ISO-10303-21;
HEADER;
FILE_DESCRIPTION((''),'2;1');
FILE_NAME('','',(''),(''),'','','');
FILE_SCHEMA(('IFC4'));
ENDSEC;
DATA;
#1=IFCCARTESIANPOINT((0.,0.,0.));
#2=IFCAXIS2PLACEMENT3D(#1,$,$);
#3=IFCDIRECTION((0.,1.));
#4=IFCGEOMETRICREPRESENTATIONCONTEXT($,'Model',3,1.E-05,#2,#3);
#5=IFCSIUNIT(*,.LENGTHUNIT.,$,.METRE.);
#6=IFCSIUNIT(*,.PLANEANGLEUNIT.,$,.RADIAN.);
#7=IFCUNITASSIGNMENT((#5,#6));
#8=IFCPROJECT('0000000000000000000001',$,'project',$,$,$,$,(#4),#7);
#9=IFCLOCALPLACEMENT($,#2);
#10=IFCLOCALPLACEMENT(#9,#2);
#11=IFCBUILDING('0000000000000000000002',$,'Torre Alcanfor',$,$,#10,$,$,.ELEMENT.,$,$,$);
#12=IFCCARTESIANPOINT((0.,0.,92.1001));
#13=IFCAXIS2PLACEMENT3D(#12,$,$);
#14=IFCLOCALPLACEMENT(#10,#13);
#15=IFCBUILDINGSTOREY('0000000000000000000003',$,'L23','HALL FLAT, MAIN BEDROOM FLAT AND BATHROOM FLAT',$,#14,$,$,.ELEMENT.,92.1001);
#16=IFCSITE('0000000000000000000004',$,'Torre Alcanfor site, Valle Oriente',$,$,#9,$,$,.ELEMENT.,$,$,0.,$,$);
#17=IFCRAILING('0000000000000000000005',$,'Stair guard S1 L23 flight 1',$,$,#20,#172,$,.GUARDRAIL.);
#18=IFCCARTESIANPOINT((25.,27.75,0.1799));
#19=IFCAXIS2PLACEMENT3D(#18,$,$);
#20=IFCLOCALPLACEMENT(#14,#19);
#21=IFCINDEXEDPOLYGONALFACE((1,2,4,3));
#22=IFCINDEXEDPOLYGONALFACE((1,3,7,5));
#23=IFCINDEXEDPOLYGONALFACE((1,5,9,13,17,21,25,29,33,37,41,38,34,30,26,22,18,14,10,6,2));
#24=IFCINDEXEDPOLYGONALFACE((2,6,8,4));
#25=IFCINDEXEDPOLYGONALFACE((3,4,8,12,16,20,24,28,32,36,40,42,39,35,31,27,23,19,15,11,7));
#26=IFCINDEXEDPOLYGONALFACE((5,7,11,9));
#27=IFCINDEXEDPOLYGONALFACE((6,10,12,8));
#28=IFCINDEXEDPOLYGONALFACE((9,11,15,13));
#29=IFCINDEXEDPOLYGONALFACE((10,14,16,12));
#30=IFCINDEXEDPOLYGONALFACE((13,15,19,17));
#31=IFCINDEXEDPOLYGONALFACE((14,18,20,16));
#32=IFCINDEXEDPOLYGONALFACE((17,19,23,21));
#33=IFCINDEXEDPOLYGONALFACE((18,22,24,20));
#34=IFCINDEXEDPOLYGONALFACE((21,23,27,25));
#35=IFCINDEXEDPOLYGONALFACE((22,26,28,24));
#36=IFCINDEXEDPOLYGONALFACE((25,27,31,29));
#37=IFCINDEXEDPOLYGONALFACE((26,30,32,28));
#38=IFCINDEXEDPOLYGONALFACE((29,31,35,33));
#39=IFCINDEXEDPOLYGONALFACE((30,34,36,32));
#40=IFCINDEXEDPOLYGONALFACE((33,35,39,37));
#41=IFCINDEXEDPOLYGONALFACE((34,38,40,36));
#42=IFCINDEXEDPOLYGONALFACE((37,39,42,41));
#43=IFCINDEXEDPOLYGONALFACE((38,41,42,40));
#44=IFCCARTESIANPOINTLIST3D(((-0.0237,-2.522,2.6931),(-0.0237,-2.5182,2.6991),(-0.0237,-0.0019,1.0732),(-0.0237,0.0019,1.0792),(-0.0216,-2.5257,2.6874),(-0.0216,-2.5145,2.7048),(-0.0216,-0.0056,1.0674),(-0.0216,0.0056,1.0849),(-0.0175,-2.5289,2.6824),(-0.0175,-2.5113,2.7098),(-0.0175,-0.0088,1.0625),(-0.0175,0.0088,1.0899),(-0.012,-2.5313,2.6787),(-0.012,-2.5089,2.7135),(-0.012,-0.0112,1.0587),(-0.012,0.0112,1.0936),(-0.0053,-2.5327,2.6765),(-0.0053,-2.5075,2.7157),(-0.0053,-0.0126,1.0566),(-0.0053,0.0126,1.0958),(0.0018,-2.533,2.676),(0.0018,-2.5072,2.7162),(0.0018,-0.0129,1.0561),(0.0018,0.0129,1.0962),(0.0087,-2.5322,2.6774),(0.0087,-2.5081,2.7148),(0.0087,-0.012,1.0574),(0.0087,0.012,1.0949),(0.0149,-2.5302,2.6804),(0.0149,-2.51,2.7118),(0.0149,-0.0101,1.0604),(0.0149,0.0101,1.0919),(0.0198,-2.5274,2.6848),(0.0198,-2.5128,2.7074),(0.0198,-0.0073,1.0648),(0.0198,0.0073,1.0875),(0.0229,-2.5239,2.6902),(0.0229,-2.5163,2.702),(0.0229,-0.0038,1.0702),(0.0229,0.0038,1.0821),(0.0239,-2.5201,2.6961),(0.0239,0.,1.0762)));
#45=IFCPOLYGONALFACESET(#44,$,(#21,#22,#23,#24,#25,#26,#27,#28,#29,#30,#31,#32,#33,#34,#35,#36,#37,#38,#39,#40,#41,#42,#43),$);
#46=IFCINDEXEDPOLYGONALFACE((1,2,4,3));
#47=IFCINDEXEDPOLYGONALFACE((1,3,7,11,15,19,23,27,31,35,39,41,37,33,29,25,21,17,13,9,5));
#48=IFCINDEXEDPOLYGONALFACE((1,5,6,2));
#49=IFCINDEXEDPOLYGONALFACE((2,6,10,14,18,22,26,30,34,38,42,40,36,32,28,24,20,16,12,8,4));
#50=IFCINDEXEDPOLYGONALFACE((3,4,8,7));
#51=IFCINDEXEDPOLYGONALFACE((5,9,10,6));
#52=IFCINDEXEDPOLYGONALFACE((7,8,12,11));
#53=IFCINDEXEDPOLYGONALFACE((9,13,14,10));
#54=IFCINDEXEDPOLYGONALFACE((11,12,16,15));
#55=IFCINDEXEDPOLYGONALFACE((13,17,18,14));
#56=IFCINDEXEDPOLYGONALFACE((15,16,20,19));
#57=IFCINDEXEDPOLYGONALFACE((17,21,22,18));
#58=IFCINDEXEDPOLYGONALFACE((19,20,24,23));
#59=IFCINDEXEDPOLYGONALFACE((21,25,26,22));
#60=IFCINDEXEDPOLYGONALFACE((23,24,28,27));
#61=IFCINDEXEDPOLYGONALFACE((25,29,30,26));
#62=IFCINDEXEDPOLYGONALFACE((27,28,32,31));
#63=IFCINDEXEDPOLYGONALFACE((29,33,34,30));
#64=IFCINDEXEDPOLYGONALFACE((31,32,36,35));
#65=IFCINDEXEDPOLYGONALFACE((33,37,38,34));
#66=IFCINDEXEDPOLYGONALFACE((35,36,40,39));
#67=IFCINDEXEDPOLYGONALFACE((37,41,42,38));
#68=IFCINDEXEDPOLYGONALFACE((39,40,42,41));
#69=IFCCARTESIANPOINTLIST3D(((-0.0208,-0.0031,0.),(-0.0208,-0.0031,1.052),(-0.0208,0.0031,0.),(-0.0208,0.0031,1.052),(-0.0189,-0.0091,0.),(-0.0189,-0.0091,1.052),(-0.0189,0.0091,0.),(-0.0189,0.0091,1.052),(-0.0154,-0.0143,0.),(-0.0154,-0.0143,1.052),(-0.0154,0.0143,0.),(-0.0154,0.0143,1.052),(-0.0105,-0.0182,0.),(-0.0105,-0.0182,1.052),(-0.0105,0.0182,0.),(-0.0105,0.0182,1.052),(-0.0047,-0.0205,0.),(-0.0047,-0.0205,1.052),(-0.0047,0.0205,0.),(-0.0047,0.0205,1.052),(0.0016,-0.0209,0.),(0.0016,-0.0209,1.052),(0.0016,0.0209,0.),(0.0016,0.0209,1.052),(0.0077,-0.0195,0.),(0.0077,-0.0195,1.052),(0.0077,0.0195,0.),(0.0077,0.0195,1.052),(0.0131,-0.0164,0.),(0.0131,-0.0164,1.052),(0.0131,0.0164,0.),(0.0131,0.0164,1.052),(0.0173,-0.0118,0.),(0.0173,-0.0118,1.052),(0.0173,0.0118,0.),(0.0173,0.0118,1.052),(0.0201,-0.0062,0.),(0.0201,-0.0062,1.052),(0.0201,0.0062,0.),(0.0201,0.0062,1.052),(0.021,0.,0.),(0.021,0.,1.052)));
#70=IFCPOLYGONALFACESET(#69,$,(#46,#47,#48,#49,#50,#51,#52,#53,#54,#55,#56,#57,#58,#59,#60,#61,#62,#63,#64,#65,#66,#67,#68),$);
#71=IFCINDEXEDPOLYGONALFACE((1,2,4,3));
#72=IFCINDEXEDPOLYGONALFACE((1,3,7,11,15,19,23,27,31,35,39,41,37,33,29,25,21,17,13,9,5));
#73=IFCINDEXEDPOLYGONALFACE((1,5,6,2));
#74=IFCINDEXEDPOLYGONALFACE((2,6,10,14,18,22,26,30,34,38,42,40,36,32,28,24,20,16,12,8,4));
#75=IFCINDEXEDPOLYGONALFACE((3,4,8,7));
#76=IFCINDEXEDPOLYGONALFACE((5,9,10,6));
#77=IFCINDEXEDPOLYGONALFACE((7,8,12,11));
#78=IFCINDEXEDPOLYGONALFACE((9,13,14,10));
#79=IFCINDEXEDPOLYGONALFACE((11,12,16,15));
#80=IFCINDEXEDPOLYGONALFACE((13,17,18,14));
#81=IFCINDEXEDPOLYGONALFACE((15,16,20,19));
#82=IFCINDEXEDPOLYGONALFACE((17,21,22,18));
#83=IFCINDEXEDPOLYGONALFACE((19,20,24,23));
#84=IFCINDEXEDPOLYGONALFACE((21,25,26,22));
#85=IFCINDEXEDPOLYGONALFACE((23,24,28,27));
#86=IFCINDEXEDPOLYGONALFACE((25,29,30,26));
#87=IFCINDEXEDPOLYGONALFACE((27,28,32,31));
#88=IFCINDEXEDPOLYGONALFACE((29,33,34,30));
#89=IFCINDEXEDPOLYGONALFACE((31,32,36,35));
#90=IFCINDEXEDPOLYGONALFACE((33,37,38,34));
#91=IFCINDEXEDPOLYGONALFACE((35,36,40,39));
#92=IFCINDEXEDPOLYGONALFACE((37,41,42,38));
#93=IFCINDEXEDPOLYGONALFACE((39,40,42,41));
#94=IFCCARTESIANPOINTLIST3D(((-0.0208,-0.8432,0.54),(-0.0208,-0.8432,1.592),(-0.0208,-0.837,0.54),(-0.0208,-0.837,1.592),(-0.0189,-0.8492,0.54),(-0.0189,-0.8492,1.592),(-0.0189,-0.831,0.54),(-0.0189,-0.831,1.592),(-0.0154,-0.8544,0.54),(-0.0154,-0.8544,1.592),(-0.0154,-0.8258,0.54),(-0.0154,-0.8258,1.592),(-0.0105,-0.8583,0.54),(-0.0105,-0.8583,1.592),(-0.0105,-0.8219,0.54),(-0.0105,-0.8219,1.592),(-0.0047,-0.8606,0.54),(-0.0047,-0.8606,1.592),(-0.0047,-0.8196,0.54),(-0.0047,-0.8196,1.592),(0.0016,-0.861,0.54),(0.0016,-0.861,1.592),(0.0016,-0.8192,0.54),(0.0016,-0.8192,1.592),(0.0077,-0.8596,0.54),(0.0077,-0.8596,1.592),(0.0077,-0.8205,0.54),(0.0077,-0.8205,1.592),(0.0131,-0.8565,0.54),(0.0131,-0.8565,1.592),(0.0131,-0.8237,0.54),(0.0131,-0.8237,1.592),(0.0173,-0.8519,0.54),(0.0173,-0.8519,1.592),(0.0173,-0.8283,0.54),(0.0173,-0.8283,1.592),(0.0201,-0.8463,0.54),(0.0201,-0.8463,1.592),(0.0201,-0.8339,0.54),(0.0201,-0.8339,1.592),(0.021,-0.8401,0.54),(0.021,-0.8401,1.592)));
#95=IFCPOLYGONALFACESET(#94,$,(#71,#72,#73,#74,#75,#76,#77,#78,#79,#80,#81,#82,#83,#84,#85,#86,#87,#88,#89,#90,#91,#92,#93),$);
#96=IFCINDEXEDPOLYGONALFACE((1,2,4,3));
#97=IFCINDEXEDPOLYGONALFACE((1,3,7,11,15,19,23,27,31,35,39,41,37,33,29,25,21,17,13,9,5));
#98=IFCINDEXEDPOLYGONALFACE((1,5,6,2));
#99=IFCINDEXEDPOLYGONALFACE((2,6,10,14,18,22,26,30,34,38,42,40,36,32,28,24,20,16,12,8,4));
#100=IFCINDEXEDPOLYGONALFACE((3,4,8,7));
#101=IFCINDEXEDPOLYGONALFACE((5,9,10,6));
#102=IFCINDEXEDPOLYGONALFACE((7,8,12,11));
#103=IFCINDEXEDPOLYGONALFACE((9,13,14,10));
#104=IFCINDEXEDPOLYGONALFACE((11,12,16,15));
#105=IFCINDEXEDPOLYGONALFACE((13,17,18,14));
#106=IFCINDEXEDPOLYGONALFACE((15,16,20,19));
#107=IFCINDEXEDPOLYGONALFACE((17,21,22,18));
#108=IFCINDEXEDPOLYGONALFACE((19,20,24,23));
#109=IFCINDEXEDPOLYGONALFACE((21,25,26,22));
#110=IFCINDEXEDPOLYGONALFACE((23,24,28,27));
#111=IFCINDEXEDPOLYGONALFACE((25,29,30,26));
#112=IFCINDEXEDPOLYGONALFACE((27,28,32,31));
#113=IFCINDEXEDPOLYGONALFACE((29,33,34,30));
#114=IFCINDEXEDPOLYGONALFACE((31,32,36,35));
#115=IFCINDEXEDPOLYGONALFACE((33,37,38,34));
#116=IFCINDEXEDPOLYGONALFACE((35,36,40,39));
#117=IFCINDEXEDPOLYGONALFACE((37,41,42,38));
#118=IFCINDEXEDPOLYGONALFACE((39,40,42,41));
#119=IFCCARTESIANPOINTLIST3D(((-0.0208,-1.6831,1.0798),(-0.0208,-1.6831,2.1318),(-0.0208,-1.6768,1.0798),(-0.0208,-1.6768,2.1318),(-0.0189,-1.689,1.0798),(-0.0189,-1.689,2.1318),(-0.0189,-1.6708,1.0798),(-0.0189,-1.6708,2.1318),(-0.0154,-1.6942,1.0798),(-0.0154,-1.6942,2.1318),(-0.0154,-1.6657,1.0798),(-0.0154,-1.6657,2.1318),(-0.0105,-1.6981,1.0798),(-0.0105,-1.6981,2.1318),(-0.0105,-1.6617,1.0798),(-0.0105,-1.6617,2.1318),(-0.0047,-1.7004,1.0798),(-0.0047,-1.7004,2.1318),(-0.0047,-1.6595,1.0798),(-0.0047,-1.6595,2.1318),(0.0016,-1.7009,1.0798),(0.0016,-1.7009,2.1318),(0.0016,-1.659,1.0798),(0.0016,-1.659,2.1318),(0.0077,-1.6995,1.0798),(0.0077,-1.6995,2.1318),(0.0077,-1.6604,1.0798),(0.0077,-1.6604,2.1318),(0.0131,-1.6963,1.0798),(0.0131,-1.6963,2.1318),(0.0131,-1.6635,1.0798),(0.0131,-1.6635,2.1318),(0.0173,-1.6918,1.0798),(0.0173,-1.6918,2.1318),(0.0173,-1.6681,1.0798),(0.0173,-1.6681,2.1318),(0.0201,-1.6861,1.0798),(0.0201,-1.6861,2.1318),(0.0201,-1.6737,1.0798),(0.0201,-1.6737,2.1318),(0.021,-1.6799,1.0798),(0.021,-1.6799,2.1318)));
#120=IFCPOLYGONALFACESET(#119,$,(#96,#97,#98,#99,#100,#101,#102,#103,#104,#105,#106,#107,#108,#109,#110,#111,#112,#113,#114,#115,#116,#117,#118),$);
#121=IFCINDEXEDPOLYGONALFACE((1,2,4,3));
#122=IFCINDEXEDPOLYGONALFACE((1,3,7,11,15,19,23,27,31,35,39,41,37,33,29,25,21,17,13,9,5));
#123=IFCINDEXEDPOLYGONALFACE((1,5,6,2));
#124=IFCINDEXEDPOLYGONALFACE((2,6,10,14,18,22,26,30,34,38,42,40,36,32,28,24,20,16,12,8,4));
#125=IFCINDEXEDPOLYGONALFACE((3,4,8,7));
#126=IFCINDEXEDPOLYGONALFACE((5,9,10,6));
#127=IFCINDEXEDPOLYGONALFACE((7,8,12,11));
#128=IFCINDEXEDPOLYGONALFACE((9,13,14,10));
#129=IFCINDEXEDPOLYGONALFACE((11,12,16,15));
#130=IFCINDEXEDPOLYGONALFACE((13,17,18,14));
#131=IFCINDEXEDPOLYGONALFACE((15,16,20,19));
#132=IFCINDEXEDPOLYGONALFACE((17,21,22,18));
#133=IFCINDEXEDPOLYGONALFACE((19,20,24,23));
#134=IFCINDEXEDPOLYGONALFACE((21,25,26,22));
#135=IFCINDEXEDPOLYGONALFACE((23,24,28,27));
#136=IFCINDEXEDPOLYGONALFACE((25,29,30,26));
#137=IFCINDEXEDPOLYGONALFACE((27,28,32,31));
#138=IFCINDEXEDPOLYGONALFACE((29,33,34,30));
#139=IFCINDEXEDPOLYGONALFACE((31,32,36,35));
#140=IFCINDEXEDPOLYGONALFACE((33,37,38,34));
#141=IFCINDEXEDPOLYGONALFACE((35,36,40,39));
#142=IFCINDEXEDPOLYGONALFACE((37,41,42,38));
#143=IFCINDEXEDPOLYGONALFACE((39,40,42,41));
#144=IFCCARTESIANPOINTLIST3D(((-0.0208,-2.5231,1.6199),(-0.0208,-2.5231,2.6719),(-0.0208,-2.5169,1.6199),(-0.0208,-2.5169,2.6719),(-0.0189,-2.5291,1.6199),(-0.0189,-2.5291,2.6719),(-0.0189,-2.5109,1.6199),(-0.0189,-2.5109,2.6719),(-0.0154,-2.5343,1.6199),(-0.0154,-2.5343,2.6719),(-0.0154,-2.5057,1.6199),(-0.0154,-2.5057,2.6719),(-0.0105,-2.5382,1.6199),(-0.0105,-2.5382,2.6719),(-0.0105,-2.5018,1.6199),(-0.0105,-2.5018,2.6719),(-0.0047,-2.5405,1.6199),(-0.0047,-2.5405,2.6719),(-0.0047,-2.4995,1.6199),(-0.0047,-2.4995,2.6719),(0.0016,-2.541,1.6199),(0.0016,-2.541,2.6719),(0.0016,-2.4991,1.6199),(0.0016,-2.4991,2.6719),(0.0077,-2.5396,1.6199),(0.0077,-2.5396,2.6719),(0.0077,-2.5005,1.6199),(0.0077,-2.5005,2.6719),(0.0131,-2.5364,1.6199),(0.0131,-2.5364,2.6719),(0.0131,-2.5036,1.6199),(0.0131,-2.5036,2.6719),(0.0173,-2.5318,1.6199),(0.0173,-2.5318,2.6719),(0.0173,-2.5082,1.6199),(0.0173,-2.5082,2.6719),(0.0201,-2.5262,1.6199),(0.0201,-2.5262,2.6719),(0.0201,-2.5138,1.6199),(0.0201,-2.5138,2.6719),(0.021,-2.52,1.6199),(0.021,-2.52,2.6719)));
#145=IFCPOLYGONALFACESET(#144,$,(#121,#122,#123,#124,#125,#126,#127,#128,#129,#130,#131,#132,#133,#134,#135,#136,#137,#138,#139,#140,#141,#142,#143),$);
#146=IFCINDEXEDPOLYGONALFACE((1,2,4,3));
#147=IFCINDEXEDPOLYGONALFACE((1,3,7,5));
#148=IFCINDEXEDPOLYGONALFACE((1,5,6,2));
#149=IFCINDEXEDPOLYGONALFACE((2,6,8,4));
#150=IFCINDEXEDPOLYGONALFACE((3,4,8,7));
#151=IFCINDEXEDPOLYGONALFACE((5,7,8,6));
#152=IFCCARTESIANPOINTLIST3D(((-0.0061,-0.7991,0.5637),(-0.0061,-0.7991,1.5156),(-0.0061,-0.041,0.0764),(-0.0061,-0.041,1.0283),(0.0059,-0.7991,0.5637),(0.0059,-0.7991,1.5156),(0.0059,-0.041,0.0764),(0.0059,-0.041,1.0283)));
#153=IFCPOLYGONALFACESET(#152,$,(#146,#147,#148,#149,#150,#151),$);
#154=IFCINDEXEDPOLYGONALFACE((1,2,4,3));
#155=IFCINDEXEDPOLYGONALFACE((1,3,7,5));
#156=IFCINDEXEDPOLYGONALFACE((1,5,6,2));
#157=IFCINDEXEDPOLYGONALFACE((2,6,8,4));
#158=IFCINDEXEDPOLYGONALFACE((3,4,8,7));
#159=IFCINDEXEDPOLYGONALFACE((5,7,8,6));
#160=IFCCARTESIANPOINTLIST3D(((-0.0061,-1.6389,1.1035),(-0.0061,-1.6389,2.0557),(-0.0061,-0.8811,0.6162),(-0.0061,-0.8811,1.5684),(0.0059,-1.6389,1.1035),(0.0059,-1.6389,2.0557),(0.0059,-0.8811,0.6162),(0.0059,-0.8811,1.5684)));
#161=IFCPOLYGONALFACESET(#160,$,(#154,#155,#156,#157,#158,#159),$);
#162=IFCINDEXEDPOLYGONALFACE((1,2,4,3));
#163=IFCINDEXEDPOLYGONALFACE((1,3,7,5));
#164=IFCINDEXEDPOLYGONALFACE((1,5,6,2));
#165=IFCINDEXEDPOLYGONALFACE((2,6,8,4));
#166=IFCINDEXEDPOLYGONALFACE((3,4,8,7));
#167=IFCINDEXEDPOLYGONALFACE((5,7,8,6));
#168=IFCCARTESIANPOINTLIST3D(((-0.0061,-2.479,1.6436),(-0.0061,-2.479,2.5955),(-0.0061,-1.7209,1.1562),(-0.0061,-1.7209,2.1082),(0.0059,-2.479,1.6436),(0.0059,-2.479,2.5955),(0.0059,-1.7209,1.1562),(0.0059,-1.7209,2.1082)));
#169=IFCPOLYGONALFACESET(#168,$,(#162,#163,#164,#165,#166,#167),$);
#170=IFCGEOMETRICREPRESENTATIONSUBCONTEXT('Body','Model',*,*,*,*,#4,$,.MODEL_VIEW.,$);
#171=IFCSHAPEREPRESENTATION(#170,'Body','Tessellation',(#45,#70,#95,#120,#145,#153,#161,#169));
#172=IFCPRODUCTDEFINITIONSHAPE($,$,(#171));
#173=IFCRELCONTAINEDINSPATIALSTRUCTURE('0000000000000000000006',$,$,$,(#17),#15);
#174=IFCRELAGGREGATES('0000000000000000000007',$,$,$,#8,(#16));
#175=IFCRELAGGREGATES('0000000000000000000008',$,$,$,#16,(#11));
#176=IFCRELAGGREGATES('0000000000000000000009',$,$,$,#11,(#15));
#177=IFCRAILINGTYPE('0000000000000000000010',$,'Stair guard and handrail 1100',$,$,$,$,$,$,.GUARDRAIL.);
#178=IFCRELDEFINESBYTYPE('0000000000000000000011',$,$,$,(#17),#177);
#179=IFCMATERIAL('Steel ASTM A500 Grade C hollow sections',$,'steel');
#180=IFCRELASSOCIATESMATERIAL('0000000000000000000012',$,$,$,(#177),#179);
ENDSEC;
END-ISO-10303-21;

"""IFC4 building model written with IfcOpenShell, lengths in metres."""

from ifc_helpers import new_model, si_unit, direction, frame, origin, origin_2d, place, context, subcontext, project, spatial, polyline, circle, outline, extrude, material, type_object, element, save


model = new_model("IFC4")

# Units and contexts
model_context = context("Model", 3, precision=1e-05, world=origin(), true_north=direction((0.0, 1.0)))
body_context = subcontext(model_context, "Body", "Model", "MODEL_VIEW")
ifc_project = project(units=[si_unit("LENGTHUNIT", "METRE"), si_unit("PLANEANGLEUNIT", "RADIAN")], contexts=[model_context])

# Site, building, storey
site_placement = place(None, origin())
site = spatial("IfcSite", under=ifc_project, at=site_placement, Name="Torre Alcanfor site, Valle Oriente", CompositionType="ELEMENT", RefElevation=0.0)
building_placement = place(site_placement, origin())
building = spatial("IfcBuilding", under=site, at=building_placement, Name="Torre Alcanfor", CompositionType="ELEMENT")
storey_placement = place(building_placement, frame((0.0, 0.0, 92.1001)))
storey = spatial("IfcBuildingStorey", under=building, at=storey_placement, Name="L23", Description="HALL FLAT, MAIN BEDROOM FLAT AND BATHROOM FLAT", CompositionType="ELEMENT", Elevation=92.1001)

# Railing
ifc_material_1 = material(Name="Steel ASTM A500 Grade C hollow sections", Category="steel")
railing_type_1 = type_object("IfcRailingType", Name="Stair guard and handrail 1100", PredefinedType="GUARDRAIL", material=ifc_material_1)
railing_1_placement = place(storey_placement, frame((25.0, 27.75, 0.1799)))
element("IfcRailing", 1, at=railing_1_placement, inside=storey, type_object=railing_type_1, Name="Stair guard S1 L23 flight 1", PredefinedType="GUARDRAIL", context=body_context, shape_type="SweptSolid", body=[
    extrude(circle(Radius=0.0239, at=origin_2d()), frame((0.0, 0.0, 1.0762), z_axis=(0.0, -0.8412, 0.540725), x_axis=(1.0, 0.0, 0.0)), (0.0, 0.0, 1.0), 2.9958),
    extrude(circle(Radius=0.021, at=origin_2d()), origin(), (0.0, 0.0, 1.0), 1.052),
    extrude(circle(Radius=0.021, at=origin_2d()), frame((0.0, -0.8401, 0.54)), (0.0, 0.0, 1.0), 1.052),
    extrude(circle(Radius=0.021, at=origin_2d()), frame((0.0, -1.6799, 1.0798)), (0.0, 0.0, 1.0), 1.052),
    extrude(circle(Radius=0.021, at=origin_2d()), frame((0.0, -2.52, 1.6199)), (0.0, 0.0, 1.0), 1.052),
    extrude(outline(polyline([(0.041, 0.0764), (0.7991, 0.5637), (0.7991, 1.5156), (0.041, 1.0283), (0.041, 0.0764)])), frame((0.0059, 0.0, 0.0), z_axis=(-1.0, 0.0, 0.0), x_axis=(0.0, -1.0, 0.0)), (0.0, 0.0, 1.0), 0.012),
    extrude(outline(polyline([(0.8811, 0.6162), (1.6389, 1.1035), (1.6389, 2.0557), (0.8811, 1.5684), (0.8811, 0.6162)])), frame((0.0059, 0.0, 0.0), z_axis=(-1.0, 0.0, 0.0), x_axis=(0.0, -1.0, 0.0)), (0.0, 0.0, 1.0), 0.012),
    extrude(outline(polyline([(1.7209, 1.1562), (2.479, 1.6436), (2.479, 2.5955), (1.7209, 2.1082), (1.7209, 1.1562)])), frame((0.0059, 0.0, 0.0), z_axis=(-1.0, 0.0, 0.0), x_axis=(0.0, -1.0, 0.0)), (0.0, 0.0, 1.0), 0.012),
])

save(model, "model.ifc")
